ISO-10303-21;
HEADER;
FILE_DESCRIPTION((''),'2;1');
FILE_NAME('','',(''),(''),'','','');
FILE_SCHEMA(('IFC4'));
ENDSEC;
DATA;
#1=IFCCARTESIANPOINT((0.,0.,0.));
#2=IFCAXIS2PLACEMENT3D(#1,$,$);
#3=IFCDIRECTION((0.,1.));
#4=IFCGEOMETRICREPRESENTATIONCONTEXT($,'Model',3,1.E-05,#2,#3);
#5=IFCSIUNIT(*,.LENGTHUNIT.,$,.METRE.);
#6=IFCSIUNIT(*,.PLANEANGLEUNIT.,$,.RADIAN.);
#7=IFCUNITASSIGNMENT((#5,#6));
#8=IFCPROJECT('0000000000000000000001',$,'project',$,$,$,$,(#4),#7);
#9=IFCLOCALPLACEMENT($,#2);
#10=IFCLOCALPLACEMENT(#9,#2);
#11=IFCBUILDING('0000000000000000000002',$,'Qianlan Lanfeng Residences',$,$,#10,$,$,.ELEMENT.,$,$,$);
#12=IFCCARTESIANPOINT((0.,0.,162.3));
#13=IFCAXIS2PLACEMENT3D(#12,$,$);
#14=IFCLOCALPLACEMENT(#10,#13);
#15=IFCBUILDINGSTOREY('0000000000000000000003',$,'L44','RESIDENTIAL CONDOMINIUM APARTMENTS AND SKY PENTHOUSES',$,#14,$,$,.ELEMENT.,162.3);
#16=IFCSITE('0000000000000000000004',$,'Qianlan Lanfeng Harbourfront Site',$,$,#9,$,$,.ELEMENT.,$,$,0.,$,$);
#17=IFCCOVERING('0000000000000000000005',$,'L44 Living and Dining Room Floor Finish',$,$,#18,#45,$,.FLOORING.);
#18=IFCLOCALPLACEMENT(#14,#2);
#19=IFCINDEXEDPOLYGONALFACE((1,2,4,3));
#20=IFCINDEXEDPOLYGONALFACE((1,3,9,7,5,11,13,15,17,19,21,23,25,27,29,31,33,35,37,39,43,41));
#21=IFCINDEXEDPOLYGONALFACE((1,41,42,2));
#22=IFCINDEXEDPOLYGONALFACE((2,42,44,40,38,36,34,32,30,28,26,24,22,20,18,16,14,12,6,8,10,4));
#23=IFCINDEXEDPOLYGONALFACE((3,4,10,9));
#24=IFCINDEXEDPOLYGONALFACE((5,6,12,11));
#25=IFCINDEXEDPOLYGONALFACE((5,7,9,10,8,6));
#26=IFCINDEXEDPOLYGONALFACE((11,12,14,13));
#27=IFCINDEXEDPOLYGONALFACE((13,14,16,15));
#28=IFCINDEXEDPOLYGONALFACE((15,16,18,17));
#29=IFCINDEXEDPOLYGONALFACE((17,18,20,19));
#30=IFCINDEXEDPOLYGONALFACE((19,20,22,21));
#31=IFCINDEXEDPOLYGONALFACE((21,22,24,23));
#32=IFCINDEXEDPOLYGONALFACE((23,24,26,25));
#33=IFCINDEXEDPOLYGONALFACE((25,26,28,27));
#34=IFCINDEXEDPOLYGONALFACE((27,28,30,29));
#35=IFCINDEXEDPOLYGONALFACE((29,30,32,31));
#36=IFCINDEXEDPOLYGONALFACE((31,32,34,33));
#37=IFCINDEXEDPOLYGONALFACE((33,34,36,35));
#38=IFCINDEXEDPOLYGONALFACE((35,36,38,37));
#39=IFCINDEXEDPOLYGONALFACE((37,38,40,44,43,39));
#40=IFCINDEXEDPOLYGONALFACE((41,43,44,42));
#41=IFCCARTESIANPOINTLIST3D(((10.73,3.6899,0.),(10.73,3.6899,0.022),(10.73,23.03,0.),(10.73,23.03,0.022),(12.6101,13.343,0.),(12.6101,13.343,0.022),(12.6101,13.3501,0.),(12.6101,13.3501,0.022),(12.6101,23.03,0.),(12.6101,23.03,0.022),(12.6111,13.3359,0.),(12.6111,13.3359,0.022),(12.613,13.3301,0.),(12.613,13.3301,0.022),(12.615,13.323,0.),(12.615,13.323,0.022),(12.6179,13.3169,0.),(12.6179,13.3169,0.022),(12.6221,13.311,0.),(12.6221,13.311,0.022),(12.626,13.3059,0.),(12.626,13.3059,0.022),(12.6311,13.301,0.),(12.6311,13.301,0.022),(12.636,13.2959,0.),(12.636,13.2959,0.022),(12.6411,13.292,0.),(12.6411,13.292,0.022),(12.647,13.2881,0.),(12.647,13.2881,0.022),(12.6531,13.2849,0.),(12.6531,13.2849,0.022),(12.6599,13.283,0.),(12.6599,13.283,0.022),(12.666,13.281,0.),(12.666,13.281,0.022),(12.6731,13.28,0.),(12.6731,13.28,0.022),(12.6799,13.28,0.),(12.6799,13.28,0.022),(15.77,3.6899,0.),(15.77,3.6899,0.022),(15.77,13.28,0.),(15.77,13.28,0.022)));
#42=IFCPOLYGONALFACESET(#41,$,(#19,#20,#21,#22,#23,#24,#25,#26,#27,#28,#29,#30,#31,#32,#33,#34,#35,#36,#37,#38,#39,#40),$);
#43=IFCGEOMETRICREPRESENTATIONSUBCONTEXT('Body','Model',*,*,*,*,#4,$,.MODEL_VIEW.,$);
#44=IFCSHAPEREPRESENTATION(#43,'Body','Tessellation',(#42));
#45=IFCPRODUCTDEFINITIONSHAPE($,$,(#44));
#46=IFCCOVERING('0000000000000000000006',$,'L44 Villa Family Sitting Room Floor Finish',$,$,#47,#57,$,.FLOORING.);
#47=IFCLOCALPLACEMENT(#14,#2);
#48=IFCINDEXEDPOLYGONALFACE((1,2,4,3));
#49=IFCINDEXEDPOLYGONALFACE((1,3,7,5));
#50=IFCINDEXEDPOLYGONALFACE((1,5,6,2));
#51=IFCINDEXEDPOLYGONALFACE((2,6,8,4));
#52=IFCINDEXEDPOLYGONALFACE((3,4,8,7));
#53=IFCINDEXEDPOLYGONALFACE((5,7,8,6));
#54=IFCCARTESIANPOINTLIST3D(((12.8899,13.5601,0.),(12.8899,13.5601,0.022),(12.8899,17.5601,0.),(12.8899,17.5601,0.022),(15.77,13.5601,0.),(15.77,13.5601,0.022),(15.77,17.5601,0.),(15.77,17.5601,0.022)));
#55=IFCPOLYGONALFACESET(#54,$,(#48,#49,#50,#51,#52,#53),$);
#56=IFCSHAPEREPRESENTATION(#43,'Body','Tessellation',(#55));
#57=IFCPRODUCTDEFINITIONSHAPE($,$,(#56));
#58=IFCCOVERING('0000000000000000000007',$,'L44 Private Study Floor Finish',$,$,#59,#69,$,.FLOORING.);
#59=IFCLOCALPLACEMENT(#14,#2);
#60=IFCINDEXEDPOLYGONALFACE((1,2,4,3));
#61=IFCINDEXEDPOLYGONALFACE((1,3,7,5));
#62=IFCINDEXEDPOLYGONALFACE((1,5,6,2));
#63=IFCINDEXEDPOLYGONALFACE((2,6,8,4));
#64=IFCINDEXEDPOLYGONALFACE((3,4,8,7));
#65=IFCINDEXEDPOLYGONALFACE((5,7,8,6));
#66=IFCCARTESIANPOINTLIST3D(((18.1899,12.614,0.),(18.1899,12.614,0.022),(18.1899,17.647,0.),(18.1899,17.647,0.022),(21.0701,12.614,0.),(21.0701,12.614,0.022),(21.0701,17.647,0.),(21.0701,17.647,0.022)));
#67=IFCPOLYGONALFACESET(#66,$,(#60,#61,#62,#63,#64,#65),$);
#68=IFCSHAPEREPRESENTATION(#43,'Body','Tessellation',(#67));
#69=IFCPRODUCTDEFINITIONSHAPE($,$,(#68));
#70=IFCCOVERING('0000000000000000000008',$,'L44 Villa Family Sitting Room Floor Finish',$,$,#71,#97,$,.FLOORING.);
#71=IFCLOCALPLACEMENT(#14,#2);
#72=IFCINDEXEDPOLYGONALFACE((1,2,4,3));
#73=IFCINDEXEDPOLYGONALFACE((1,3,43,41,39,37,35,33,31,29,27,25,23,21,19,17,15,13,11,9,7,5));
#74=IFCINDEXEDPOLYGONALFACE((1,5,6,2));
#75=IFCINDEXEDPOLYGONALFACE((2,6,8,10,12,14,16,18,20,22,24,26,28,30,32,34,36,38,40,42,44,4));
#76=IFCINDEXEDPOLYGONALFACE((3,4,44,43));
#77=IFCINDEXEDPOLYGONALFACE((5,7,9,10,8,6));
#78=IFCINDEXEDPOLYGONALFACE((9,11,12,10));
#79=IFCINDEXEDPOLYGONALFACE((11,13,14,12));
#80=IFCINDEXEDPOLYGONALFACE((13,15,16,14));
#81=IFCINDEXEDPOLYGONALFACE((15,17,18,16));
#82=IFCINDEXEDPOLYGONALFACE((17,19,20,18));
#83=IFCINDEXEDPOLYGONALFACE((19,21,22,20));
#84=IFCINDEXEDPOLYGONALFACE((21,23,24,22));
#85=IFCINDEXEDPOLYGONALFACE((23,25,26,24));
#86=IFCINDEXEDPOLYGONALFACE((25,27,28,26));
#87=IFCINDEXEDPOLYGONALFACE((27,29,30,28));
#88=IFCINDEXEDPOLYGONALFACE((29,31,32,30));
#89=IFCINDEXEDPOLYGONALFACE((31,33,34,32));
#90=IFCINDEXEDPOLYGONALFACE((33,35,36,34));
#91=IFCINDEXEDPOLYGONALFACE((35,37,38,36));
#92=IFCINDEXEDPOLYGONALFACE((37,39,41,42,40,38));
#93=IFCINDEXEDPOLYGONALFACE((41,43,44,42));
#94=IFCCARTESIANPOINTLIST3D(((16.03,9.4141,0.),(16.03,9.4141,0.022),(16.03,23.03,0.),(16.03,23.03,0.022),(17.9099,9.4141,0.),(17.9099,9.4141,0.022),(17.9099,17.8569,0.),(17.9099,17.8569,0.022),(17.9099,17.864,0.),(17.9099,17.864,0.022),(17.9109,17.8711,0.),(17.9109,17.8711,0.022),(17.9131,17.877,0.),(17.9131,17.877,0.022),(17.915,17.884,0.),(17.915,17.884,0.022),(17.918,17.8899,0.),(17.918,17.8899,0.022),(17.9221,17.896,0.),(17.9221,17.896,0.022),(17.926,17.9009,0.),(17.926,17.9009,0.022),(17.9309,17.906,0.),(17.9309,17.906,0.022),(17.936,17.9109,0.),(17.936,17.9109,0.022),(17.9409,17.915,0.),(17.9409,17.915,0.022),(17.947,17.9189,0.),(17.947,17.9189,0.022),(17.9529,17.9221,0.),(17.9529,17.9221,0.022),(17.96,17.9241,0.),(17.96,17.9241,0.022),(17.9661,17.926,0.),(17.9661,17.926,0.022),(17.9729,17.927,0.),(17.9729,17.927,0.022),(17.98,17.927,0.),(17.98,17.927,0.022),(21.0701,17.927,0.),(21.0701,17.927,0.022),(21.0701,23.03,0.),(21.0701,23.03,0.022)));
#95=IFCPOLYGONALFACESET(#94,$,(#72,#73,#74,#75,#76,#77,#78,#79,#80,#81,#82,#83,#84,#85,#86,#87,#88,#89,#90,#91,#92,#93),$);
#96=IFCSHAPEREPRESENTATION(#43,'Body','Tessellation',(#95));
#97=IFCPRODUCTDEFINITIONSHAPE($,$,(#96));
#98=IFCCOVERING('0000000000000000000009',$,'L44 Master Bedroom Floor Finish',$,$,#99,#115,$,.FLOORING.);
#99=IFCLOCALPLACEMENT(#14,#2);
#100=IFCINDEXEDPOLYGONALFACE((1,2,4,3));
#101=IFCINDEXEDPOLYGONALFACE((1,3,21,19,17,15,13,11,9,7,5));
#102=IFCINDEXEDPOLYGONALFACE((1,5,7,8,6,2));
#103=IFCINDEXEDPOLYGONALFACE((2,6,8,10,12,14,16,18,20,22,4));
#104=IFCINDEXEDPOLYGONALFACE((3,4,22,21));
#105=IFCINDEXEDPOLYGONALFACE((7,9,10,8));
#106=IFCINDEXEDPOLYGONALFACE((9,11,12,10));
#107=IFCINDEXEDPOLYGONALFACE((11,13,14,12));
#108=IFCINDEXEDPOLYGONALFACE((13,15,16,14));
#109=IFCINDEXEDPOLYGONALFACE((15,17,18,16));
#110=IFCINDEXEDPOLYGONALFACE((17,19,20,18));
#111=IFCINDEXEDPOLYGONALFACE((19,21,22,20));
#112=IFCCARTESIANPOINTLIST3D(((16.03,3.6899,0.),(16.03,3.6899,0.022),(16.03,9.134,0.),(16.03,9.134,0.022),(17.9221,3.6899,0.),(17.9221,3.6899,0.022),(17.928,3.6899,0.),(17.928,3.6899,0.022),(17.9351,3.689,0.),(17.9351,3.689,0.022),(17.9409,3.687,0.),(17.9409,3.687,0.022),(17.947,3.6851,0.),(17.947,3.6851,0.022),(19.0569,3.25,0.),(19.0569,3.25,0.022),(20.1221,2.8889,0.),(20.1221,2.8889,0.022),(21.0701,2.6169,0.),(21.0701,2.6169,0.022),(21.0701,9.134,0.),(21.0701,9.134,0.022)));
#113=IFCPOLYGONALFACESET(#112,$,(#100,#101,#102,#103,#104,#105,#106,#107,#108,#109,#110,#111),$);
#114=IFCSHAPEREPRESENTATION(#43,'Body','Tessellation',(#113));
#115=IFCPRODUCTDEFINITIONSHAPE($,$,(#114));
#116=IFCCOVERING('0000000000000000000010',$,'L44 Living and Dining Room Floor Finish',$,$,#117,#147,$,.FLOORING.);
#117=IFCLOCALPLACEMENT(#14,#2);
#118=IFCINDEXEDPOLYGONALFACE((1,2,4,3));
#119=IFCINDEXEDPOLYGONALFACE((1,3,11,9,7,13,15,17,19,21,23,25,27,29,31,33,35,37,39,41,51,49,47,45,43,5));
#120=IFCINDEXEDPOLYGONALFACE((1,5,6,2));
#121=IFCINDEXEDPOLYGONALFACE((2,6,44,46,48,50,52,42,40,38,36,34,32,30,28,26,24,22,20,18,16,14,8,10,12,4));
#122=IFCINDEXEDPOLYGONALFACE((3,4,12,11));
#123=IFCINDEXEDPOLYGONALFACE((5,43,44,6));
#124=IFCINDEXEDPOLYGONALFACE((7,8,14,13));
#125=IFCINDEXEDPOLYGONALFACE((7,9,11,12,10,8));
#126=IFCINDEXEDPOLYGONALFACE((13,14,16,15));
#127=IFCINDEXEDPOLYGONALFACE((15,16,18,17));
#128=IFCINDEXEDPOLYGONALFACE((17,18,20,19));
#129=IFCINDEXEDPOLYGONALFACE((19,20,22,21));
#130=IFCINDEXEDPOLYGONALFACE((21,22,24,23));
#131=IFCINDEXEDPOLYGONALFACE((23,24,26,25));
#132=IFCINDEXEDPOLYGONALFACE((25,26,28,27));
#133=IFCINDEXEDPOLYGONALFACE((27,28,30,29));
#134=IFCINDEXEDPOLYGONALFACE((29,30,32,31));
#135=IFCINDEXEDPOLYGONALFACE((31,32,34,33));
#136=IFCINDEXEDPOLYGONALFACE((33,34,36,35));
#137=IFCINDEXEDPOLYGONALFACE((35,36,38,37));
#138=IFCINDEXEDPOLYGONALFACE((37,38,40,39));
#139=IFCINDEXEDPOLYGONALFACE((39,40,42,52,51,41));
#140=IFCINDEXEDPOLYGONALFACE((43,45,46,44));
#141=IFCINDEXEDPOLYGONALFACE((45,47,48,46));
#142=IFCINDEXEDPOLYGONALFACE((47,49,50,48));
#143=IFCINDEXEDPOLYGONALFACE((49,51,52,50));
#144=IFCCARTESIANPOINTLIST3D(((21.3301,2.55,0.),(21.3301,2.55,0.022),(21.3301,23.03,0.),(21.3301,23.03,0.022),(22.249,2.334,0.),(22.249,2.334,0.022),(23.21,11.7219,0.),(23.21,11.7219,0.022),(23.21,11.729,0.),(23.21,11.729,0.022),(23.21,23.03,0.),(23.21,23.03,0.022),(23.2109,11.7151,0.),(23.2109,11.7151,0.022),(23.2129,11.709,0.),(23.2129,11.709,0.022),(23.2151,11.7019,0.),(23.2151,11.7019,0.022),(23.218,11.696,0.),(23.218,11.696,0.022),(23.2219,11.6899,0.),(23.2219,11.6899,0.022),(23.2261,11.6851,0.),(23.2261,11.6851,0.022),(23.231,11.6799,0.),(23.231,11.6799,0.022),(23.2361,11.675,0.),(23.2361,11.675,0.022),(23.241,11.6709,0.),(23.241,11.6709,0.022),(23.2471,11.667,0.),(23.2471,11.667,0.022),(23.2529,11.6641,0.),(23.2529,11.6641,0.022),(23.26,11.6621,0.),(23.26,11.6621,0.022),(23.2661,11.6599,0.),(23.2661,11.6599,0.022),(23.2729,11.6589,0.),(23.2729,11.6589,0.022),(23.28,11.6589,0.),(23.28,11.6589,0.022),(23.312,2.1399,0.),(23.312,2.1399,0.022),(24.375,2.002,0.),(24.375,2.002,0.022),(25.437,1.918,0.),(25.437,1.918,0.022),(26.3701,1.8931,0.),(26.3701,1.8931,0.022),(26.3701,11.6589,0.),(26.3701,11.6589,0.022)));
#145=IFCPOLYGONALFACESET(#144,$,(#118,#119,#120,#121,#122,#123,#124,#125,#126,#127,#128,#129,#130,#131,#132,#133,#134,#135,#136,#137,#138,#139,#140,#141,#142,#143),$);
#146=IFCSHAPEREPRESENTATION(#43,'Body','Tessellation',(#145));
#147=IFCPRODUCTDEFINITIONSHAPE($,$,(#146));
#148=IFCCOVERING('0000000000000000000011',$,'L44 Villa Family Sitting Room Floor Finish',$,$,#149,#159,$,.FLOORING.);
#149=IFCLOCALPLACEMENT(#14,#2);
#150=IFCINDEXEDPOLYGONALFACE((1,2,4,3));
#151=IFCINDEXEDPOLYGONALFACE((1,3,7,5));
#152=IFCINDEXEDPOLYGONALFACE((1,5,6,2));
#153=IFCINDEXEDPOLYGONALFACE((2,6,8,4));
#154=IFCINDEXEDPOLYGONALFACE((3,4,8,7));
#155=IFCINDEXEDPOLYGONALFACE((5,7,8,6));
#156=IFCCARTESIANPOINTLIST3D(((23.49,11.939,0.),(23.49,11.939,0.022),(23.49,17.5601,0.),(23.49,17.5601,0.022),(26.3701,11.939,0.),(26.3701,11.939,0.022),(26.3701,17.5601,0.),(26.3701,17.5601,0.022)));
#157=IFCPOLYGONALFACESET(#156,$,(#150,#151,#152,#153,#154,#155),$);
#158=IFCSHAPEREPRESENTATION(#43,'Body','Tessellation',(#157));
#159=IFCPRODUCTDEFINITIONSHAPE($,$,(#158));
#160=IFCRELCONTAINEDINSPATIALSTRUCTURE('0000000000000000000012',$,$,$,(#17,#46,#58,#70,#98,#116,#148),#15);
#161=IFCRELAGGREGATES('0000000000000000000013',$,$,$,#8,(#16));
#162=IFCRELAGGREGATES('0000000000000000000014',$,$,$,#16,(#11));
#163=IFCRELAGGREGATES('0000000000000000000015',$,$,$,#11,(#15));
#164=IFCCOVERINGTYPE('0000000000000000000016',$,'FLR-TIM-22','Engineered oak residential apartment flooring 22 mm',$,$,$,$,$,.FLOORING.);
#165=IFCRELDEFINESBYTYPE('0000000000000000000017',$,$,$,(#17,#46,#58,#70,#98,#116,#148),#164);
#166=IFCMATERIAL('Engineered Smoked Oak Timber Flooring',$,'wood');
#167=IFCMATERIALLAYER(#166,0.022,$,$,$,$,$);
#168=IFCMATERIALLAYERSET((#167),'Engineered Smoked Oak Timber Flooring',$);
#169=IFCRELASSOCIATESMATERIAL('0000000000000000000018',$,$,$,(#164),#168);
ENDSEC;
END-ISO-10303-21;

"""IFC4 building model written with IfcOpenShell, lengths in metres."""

from ifc_helpers import new_model, si_unit, direction, frame, origin, place, context, subcontext, project, spatial, polyline, outline, extrude, material, layer, layer_set, type_object, element, save


model = new_model("IFC4")

# Units and contexts
model_context = context("Model", 3, precision=1e-05, world=origin(), true_north=direction((0.0, 1.0)))
body_context = subcontext(model_context, "Body", "Model", "MODEL_VIEW")
ifc_project = project(units=[si_unit("LENGTHUNIT", "METRE"), si_unit("PLANEANGLEUNIT", "RADIAN")], contexts=[model_context])

# Site, building, storey
site_placement = place(None, origin())
site = spatial("IfcSite", under=ifc_project, at=site_placement, Name="Qianlan Lanfeng Harbourfront Site", CompositionType="ELEMENT", RefElevation=0.0)
building_placement = place(site_placement, origin())
building = spatial("IfcBuilding", under=site, at=building_placement, Name="Qianlan Lanfeng Residences", CompositionType="ELEMENT")
storey_placement = place(building_placement, frame((0.0, 0.0, 162.3)))
storey = spatial("IfcBuildingStorey", under=building, at=storey_placement, Name="L44", Description="RESIDENTIAL CONDOMINIUM APARTMENTS AND SKY PENTHOUSES", CompositionType="ELEMENT", Elevation=162.3)

# Coverings
ifc_material_1 = material(Name="Engineered Smoked Oak Timber Flooring", Category="wood")
ifc_layer_1 = layer(ifc_material_1, 0.022)
ifc_layer_set_1 = layer_set([ifc_layer_1], Name="Engineered Smoked Oak Timber Flooring")
covering_type_1 = type_object("IfcCoveringType", Name="FLR-TIM-22", Description="Engineered oak residential apartment flooring 22 mm", PredefinedType="FLOORING", material=ifc_layer_set_1)
covering_1_placement = place(storey_placement, origin())
element("IfcCovering", 1, at=covering_1_placement, inside=storey, type_object=covering_type_1, Name="L44 Living and Dining Room Floor Finish", PredefinedType="FLOORING", context=body_context, shape_type="SweptSolid", body=[
    extrude(outline(polyline([(15.77, 3.6899), (15.77, 13.28), (12.6799, 13.28), (12.6731, 13.28), (12.666, 13.281), (12.6599, 13.283), (12.6531, 13.2849), (12.647, 13.2881), (12.6411, 13.292), (12.636, 13.2959), (12.6311, 13.301), (12.626, 13.3059), (12.6221, 13.311), (12.6179, 13.3169), (12.615, 13.323), (12.613, 13.3301), (12.6111, 13.3359), (12.6101, 13.343), (12.6101, 13.3501), (12.6101, 23.03), (10.73, 23.03), (10.73, 3.6899), (15.77, 3.6899)])), origin(), (0.0, 0.0, 1.0), 0.022),
])
covering_2_placement = place(storey_placement, origin())
element("IfcCovering", 2, at=covering_2_placement, inside=storey, type_object=covering_type_1, Name="L44 Villa Family Sitting Room Floor Finish", PredefinedType="FLOORING", context=body_context, shape_type="SweptSolid", body=[
    extrude(outline(polyline([(12.8899, 17.5601), (12.8899, 13.5601), (15.77, 13.5601), (15.77, 17.5601), (12.8899, 17.5601)])), origin(), (0.0, 0.0, 1.0), 0.022),
])
covering_3_placement = place(storey_placement, origin())
element("IfcCovering", 3, at=covering_3_placement, inside=storey, type_object=covering_type_1, Name="L44 Private Study Floor Finish", PredefinedType="FLOORING", context=body_context, shape_type="SweptSolid", body=[
    extrude(outline(polyline([(18.1899, 12.614), (21.0701, 12.614), (21.0701, 17.647), (18.1899, 17.647), (18.1899, 12.614)])), origin(), (0.0, 0.0, 1.0), 0.022),
])
covering_4_placement = place(storey_placement, origin())
element("IfcCovering", 4, at=covering_4_placement, inside=storey, type_object=covering_type_1, Name="L44 Villa Family Sitting Room Floor Finish", PredefinedType="FLOORING", context=body_context, shape_type="SweptSolid", body=[
    extrude(outline(polyline([(16.03, 9.4141), (17.9099, 9.4141), (17.9099, 17.8569), (17.9099, 17.864), (17.9109, 17.8711), (17.9131, 17.877), (17.915, 17.884), (17.918, 17.8899), (17.9221, 17.896), (17.926, 17.9009), (17.9309, 17.906), (17.936, 17.9109), (17.9409, 17.915), (17.947, 17.9189), (17.9529, 17.9221), (17.96, 17.9241), (17.9661, 17.926), (17.9729, 17.927), (17.98, 17.927), (21.0701, 17.927), (21.0701, 23.03), (16.03, 23.03), (16.03, 9.4141)])), origin(), (0.0, 0.0, 1.0), 0.022),
])
covering_5_placement = place(storey_placement, origin())
element("IfcCovering", 5, at=covering_5_placement, inside=storey, type_object=covering_type_1, Name="L44 Master Bedroom Floor Finish", PredefinedType="FLOORING", context=body_context, shape_type="SweptSolid", body=[
    extrude(outline(polyline([(16.03, 9.134), (16.03, 3.6899), (17.9221, 3.6899), (17.928, 3.6899), (17.9351, 3.689), (17.9409, 3.687), (17.947, 3.6851), (19.0569, 3.25), (20.1221, 2.8889), (21.0701, 2.6169), (21.0701, 9.134), (16.03, 9.134)])), origin(), (0.0, 0.0, 1.0), 0.022),
])
covering_6_placement = place(storey_placement, origin())
element("IfcCovering", 6, at=covering_6_placement, inside=storey, type_object=covering_type_1, Name="L44 Living and Dining Room Floor Finish", PredefinedType="FLOORING", context=body_context, shape_type="SweptSolid", body=[
    extrude(outline(polyline([(26.3701, 1.8931), (26.3701, 11.6589), (23.28, 11.6589), (23.2729, 11.6589), (23.2661, 11.6599), (23.26, 11.6621), (23.2529, 11.6641), (23.2471, 11.667), (23.241, 11.6709), (23.2361, 11.675), (23.231, 11.6799), (23.2261, 11.6851), (23.2219, 11.6899), (23.218, 11.696), (23.2151, 11.7019), (23.2129, 11.709), (23.2109, 11.7151), (23.21, 11.7219), (23.21, 11.729), (23.21, 23.03), (21.3301, 23.03), (21.3301, 2.55), (22.249, 2.334), (23.312, 2.1399), (24.375, 2.002), (25.437, 1.918), (26.3701, 1.8931)])), origin(), (0.0, 0.0, 1.0), 0.022),
])
covering_7_placement = place(storey_placement, origin())
element("IfcCovering", 7, at=covering_7_placement, inside=storey, type_object=covering_type_1, Name="L44 Villa Family Sitting Room Floor Finish", PredefinedType="FLOORING", context=body_context, shape_type="SweptSolid", body=[
    extrude(outline(polyline([(23.49, 17.5601), (23.49, 11.939), (26.3701, 11.939), (26.3701, 17.5601), (23.49, 17.5601)])), origin(), (0.0, 0.0, 1.0), 0.022),
])

save(model, "model.ifc")
